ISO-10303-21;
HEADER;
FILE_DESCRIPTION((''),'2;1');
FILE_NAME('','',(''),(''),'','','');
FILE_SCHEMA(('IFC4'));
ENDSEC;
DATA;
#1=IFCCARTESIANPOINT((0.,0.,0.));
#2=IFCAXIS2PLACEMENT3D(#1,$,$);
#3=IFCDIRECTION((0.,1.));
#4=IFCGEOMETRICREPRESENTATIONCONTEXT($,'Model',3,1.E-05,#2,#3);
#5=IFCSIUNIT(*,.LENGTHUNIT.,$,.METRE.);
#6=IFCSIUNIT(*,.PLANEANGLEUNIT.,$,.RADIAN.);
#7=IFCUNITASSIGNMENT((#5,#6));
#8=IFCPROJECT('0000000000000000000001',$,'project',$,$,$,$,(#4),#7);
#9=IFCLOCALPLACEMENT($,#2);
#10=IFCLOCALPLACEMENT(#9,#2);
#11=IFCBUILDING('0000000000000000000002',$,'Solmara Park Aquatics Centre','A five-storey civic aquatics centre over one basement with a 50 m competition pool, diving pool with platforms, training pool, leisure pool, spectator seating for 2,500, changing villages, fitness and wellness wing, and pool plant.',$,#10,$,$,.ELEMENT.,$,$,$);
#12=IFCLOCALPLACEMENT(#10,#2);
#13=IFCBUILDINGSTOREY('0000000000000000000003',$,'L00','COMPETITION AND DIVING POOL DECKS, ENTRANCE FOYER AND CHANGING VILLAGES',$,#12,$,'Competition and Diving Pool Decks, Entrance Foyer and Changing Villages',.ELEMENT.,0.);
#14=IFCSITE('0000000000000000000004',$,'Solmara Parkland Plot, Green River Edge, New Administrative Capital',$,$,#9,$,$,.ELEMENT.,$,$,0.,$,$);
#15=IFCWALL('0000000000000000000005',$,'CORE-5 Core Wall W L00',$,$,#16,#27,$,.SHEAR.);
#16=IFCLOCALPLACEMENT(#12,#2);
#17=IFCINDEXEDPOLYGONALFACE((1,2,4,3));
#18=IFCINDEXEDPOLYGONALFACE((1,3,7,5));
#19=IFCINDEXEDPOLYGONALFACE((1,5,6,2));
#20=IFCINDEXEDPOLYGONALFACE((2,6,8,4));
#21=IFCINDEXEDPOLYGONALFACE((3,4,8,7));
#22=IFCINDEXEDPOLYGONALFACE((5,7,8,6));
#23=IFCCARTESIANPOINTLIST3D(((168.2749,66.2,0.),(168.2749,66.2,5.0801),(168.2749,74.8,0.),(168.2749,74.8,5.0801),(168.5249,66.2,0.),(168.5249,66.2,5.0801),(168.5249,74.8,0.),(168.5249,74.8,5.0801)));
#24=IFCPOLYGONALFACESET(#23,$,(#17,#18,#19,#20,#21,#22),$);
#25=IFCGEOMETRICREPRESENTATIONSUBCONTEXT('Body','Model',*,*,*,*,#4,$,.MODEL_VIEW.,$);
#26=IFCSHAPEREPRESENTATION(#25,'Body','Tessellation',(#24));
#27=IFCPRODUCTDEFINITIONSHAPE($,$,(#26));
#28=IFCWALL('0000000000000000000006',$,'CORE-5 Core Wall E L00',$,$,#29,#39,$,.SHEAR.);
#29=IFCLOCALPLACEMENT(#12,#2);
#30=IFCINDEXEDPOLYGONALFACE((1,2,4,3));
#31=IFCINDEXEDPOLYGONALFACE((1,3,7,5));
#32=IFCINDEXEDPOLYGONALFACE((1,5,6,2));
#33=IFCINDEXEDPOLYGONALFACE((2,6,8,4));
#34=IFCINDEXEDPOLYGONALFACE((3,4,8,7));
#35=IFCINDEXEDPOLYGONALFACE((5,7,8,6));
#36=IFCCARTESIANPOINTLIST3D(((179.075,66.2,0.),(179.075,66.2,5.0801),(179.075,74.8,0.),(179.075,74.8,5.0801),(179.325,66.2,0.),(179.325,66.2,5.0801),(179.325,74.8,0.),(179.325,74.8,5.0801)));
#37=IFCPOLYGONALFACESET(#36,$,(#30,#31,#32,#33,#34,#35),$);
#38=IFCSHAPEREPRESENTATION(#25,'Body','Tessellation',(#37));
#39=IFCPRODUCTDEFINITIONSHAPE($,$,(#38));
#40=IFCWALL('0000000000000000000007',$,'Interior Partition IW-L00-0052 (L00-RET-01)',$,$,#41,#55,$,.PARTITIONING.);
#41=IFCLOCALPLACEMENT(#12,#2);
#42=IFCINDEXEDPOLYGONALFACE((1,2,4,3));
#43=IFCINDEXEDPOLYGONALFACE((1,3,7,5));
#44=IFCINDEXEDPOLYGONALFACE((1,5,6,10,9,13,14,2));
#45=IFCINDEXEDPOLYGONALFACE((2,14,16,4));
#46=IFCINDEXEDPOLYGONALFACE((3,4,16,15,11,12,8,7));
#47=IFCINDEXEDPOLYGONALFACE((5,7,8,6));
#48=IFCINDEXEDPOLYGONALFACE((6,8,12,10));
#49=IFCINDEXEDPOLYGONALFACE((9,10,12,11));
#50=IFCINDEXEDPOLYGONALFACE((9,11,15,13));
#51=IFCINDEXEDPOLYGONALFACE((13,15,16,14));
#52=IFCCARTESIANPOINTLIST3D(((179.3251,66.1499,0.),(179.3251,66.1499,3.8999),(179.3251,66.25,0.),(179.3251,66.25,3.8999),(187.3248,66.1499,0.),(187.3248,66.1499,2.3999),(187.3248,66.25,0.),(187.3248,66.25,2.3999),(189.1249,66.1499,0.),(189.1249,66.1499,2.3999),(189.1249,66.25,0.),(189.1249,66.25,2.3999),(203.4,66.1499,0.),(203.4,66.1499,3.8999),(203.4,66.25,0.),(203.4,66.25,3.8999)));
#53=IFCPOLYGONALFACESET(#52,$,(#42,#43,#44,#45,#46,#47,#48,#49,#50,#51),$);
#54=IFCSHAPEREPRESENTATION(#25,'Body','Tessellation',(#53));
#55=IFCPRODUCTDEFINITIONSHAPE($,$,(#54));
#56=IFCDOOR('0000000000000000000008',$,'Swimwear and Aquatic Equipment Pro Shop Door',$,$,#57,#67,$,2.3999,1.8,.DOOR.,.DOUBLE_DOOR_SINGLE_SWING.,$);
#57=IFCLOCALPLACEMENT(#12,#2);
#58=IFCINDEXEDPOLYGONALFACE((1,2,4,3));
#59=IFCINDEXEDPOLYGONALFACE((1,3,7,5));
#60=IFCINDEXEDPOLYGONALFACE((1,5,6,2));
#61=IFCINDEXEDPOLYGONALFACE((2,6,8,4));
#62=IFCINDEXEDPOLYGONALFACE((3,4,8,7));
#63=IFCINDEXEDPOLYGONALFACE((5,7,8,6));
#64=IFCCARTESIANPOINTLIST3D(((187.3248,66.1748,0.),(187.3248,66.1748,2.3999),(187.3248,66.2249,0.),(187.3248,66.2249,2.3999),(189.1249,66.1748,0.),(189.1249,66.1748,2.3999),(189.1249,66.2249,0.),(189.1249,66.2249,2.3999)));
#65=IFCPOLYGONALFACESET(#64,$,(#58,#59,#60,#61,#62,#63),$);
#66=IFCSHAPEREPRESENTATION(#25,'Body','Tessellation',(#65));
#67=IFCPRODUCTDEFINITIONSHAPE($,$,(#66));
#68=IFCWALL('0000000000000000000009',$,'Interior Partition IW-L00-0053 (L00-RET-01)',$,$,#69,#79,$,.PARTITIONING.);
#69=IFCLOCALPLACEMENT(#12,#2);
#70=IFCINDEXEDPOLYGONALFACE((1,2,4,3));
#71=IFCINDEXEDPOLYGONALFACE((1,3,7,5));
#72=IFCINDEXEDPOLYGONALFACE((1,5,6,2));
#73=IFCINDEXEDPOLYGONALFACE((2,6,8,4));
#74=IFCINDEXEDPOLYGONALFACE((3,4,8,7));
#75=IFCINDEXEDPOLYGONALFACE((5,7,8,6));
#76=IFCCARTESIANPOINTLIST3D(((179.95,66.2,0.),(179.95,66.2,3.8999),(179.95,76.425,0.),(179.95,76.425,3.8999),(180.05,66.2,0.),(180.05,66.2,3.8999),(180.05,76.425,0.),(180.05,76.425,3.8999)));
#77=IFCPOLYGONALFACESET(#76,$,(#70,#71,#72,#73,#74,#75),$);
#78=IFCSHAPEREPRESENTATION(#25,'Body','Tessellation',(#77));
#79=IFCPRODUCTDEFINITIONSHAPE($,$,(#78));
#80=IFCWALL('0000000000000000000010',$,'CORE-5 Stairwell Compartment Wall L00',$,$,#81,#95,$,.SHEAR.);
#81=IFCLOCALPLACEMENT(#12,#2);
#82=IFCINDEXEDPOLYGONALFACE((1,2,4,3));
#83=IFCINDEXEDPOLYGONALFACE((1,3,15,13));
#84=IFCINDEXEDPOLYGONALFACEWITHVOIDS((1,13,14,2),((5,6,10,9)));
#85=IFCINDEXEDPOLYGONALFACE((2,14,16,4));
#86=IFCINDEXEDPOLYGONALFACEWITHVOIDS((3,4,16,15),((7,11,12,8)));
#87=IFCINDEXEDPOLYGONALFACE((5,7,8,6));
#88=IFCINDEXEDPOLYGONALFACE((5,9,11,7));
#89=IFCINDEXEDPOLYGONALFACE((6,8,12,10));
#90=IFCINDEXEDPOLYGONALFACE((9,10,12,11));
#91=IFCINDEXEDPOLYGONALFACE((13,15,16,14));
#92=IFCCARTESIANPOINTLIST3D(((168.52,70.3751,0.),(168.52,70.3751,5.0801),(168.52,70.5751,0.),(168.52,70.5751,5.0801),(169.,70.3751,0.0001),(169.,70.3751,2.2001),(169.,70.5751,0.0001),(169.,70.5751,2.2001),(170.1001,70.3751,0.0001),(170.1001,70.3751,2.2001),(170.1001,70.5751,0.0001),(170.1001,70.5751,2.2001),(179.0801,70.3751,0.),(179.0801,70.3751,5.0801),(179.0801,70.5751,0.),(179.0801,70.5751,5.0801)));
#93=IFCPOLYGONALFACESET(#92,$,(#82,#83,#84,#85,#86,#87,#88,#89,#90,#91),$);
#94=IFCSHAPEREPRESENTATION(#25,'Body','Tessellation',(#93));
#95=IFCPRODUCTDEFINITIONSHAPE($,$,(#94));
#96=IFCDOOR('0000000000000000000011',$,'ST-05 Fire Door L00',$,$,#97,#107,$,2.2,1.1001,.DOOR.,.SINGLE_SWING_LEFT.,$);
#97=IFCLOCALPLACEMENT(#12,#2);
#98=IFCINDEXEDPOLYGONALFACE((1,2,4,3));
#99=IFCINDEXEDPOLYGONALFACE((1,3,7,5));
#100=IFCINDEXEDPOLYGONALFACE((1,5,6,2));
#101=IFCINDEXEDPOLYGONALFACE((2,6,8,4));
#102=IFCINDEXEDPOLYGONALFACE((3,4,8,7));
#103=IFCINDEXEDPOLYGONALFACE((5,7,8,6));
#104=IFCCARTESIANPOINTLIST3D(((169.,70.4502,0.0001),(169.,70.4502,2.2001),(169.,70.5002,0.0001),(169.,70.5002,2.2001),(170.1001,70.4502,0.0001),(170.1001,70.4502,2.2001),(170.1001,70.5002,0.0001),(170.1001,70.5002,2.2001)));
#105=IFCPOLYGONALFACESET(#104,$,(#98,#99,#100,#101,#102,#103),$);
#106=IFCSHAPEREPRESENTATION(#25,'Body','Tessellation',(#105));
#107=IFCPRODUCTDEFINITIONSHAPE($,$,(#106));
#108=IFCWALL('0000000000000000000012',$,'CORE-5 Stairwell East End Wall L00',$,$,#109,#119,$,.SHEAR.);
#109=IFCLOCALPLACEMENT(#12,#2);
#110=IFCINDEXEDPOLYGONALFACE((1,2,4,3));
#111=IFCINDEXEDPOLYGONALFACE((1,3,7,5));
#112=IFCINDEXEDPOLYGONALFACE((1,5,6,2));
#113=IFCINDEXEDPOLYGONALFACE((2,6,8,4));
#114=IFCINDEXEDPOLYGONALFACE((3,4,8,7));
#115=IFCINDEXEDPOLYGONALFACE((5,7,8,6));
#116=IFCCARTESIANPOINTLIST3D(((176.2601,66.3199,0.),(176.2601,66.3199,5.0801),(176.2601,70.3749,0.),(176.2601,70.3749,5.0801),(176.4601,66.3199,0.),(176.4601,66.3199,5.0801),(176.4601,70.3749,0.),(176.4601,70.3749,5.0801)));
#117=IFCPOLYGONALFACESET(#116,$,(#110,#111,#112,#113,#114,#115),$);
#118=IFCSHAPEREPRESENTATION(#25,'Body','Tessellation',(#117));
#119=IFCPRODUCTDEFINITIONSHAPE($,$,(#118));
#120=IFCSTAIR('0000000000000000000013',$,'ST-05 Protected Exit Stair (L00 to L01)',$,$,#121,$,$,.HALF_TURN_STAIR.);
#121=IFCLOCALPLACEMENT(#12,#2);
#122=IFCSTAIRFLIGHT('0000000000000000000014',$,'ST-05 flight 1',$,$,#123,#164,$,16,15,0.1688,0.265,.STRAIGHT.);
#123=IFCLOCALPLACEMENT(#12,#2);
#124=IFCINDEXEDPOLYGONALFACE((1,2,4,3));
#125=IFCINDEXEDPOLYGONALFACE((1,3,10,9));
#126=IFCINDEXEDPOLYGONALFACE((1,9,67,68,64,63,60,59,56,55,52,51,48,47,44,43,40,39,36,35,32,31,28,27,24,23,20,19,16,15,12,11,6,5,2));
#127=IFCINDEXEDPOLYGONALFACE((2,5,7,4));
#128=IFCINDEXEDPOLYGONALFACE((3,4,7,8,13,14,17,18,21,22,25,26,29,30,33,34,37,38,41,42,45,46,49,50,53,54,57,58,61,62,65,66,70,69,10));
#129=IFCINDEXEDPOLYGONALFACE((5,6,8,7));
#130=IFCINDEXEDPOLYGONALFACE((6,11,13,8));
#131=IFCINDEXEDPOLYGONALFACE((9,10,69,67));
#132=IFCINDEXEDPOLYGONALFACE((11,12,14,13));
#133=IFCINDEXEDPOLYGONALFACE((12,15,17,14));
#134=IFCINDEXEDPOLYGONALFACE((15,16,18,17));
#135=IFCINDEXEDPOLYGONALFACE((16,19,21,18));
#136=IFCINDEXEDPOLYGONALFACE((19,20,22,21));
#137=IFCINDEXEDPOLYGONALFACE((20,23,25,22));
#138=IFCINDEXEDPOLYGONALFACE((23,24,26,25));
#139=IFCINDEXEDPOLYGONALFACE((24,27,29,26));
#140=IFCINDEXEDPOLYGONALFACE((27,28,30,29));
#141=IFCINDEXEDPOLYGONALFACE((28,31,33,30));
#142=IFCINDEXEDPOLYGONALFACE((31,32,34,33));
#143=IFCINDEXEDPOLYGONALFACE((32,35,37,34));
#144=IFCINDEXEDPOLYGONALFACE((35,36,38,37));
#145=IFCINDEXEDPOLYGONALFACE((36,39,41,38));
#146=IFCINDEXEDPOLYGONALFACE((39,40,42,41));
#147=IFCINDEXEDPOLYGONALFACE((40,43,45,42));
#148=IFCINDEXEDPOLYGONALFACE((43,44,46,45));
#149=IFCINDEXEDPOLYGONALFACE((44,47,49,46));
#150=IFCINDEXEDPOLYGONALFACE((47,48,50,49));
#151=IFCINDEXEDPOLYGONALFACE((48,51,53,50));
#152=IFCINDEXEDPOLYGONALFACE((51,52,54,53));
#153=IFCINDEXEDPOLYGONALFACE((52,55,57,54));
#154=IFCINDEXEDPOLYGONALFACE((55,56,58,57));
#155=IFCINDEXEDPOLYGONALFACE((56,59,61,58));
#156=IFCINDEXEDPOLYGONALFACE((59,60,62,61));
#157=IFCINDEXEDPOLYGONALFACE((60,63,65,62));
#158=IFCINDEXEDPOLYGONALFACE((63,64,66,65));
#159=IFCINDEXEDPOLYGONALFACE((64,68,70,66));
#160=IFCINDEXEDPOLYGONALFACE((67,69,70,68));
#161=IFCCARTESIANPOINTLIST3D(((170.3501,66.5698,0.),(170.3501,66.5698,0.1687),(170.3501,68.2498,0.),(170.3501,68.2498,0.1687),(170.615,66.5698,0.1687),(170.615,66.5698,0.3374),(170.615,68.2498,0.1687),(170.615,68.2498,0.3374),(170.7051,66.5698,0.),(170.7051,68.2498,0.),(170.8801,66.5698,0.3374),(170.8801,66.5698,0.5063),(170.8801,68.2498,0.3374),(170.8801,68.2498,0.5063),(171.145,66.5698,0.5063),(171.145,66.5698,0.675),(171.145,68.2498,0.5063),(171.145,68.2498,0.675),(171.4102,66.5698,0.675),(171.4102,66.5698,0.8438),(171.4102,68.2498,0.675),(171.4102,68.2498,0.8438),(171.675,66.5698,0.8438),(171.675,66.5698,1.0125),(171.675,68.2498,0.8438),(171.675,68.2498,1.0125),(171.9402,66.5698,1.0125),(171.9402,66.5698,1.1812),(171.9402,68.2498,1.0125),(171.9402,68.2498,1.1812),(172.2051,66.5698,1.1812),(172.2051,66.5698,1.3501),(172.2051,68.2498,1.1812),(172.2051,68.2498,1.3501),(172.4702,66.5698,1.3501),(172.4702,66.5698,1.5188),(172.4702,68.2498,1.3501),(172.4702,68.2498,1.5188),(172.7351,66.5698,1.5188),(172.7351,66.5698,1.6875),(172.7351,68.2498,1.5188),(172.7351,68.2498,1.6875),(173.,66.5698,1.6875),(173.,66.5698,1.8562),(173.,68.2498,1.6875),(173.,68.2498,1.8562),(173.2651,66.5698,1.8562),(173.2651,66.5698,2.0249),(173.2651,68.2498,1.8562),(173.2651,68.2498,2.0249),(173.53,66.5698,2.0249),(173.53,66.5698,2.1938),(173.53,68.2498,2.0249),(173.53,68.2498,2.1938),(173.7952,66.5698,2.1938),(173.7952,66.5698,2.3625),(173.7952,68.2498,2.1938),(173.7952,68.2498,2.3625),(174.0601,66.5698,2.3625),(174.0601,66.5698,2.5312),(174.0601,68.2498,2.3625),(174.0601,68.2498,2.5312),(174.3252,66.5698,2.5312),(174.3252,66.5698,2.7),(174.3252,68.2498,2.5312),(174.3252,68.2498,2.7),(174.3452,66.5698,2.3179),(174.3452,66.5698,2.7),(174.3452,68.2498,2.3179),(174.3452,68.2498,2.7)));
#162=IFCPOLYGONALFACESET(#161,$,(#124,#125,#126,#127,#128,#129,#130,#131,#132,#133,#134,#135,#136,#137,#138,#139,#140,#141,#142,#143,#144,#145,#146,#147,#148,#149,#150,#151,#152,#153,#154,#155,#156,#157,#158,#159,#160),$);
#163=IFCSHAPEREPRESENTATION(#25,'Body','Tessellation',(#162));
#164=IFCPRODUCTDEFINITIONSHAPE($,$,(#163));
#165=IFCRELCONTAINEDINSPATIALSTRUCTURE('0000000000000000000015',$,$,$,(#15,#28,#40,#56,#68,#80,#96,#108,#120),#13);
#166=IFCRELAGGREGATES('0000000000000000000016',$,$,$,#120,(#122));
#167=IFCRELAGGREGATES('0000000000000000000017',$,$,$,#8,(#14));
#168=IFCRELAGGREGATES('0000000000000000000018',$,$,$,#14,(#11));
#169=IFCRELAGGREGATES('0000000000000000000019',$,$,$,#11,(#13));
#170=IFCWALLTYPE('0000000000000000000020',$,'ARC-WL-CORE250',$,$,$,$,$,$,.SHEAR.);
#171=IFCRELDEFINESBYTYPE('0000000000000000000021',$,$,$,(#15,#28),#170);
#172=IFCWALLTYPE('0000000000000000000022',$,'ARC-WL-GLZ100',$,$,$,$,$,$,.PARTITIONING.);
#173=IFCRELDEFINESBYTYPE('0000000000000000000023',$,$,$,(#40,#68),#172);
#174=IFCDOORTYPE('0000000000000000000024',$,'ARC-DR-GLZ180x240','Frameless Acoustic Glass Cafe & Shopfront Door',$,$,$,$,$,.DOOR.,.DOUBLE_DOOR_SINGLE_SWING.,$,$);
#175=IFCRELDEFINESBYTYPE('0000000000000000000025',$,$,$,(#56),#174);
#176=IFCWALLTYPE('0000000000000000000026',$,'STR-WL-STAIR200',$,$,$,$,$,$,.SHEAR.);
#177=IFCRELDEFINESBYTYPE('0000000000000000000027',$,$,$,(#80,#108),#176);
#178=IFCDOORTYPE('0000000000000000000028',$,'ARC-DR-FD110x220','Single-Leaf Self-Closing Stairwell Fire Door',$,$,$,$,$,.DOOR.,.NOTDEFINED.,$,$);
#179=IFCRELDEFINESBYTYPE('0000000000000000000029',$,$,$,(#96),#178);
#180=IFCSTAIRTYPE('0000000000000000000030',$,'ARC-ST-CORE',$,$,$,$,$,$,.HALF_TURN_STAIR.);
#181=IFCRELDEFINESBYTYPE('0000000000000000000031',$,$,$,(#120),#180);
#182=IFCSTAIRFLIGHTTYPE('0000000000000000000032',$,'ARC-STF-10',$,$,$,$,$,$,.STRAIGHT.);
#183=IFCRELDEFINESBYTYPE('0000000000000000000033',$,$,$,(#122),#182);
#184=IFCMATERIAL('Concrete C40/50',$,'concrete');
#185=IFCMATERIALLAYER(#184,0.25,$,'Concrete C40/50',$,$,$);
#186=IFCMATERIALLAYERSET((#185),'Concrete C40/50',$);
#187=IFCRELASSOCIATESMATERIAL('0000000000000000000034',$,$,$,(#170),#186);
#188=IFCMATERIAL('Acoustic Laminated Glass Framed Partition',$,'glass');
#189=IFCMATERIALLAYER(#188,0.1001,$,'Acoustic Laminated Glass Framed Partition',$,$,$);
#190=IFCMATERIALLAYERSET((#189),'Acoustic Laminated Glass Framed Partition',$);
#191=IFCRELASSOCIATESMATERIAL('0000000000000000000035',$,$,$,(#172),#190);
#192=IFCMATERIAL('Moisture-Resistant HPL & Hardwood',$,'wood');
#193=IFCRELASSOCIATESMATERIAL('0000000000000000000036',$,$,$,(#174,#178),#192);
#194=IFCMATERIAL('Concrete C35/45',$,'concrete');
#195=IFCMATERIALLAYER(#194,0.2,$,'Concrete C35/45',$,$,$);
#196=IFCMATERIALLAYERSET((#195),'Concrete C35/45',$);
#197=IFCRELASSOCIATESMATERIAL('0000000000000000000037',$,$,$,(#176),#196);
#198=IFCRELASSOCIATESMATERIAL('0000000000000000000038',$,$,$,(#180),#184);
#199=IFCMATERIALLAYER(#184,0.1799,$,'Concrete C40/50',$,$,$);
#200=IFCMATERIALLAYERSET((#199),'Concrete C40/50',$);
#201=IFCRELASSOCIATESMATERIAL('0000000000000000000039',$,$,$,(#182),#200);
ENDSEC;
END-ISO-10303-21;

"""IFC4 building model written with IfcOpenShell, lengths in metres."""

from ifc_helpers import new_model, si_unit, direction, frame, frame_2d, origin, place, context, subcontext, project, spatial, polyline, rectangle, outline, extrude, material, layer, layer_set, type_object, element, fill, aggregate, save


model = new_model("IFC4")

# Units and contexts
model_context = context("Model", 3, precision=1e-05, world=origin(), true_north=direction((0.0, 1.0)))
body_context = subcontext(model_context, "Body", "Model", "MODEL_VIEW")
ifc_project = project(units=[si_unit("LENGTHUNIT", "METRE"), si_unit("PLANEANGLEUNIT", "RADIAN")], contexts=[model_context])

# Site, building, storey
site_placement = place(None, origin())
site = spatial("IfcSite", under=ifc_project, at=site_placement, Name="Solmara Parkland Plot, Green River Edge, New Administrative Capital", CompositionType="ELEMENT", RefElevation=0.0)
building_placement = place(site_placement, origin())
building = spatial("IfcBuilding", under=site, at=building_placement, Name="Solmara Park Aquatics Centre", Description="A five-storey civic aquatics centre over one basement with a 50 m competition pool, diving pool with platforms, training pool, leisure pool, spectator seating for 2,500, changing villages, fitness and wellness wing, and pool plant.", CompositionType="ELEMENT")
storey_placement = place(building_placement, origin())
storey = spatial("IfcBuildingStorey", under=building, at=storey_placement, Name="L00", Description="COMPETITION AND DIVING POOL DECKS, ENTRANCE FOYER AND CHANGING VILLAGES", LongName="Competition and Diving Pool Decks, Entrance Foyer and Changing Villages", CompositionType="ELEMENT", Elevation=0.0)

# Walls
ifc_material_1 = material(Name="Concrete C40/50", Category="concrete")
ifc_layer_1 = layer(ifc_material_1, 0.25, Name="Concrete C40/50")
ifc_layer_set_1 = layer_set([ifc_layer_1], Name="Concrete C40/50")
wall_type_1 = type_object("IfcWallType", Name="ARC-WL-CORE250", PredefinedType="SHEAR", material=ifc_layer_set_1)
for number, where, z_axis, x_axis, name in (
    (1, (168.3999, 66.2, 0.0), (0.0, 0.0, 1.0), (0.0, 1.0, 0.0), "CORE-5 Core Wall W L00"),
    (2, (179.2, 66.2, 0.0), (0.0, 0.0, 1.0), (0.0, 1.0, 0.0), "CORE-5 Core Wall E L00"),
):
    element("IfcWall", number, at=place(storey_placement, frame(where, z_axis=z_axis, x_axis=x_axis)), inside=storey, type_object=wall_type_1, Name=name, PredefinedType="SHEAR", context=body_context, shape_type="SweptSolid", body=[
        extrude(rectangle(XDim=8.6001, YDim=0.25, at=frame_2d((4.3, 0.0))), origin(), (0.0, 0.0, 1.0), 5.0801),
    ])

# Wall, opening, door
ifc_material_2 = material(Name="Acoustic Laminated Glass Framed Partition", Category="glass")
ifc_layer_2 = layer(ifc_material_2, 0.1001, Name="Acoustic Laminated Glass Framed Partition")
ifc_layer_set_2 = layer_set([ifc_layer_2], Name="Acoustic Laminated Glass Framed Partition")
wall_type_2 = type_object("IfcWallType", Name="ARC-WL-GLZ100", PredefinedType="PARTITIONING", material=ifc_layer_set_2)
wall_1_placement = place(storey_placement, frame((179.325, 66.2, 0.0), z_axis=(0.0, 0.0, 1.0), x_axis=(1.0, 0.0, 0.0)))
wall_1 = element("IfcWall", 3, at=wall_1_placement, inside=storey, type_object=wall_type_2, Name="Interior Partition IW-L00-0052 (L00-RET-01)", PredefinedType="PARTITIONING", context=body_context, shape_type="SweptSolid", body=[
    extrude(rectangle(XDim=24.075, YDim=0.1001, at=frame_2d((12.0376, 0.0))), origin(), (0.0, 0.0, 1.0), 3.8999),
])
opening_1_placement = place(wall_1_placement, frame((8.0, 0.0, 0.0)))
opening_1 = element("IfcOpeningElement", 4, at=opening_1_placement, cuts=wall_1, PredefinedType="OPENING", context=body_context, shape_type="SweptSolid", body=[
    extrude(rectangle(XDim=1.8, YDim=2.3999, at=frame_2d((0.8999, 1.2))), frame((0.0, 0.0601, 0.0), z_axis=(0.0, -1.0, 0.0), x_axis=(1.0, 0.0, 0.0)), (0.0, 0.0, 1.0), 0.1201),
])
ifc_material_3 = material(Name="Moisture-Resistant HPL & Hardwood", Category="wood")
door_type_1 = type_object("IfcDoorType", Name="ARC-DR-GLZ180x240", Description="Frameless Acoustic Glass Cafe & Shopfront Door", OperationType="DOUBLE_DOOR_SINGLE_SWING", PredefinedType="DOOR", material=ifc_material_3)
door_1_placement = place(opening_1_placement, origin())
door_1 = element("IfcDoor", 5, at=door_1_placement, inside=storey, type_object=door_type_1, Name="Swimwear and Aquatic Equipment Pro Shop Door", OperationType="DOUBLE_DOOR_SINGLE_SWING", OverallHeight=2.3999, OverallWidth=1.8, PredefinedType="DOOR", context=body_context, shape_type="SweptSolid", body=[
    extrude(rectangle(XDim=1.8, YDim=2.3999, at=frame_2d((0.8999, 1.2))), frame((0.0, 0.0249, 0.0), z_axis=(0.0, -1.0, 0.0), x_axis=(1.0, 0.0, 0.0)), (0.0, 0.0, 1.0), 0.05),
])
fill(opening_1, door_1)

# Wall
wall_2_placement = place(storey_placement, frame((180.0, 66.2, 0.0), z_axis=(0.0, 0.0, 1.0), x_axis=(0.0, 1.0, 0.0)))
element("IfcWall", 6, at=wall_2_placement, inside=storey, type_object=wall_type_2, Name="Interior Partition IW-L00-0053 (L00-RET-01)", PredefinedType="PARTITIONING", context=body_context, shape_type="SweptSolid", body=[
    extrude(rectangle(XDim=10.2251, YDim=0.1001, at=frame_2d((5.1125, 0.0))), origin(), (0.0, 0.0, 1.0), 3.8999),
])

# Wall, opening, door
ifc_material_4 = material(Name="Concrete C35/45", Category="concrete")
ifc_layer_3 = layer(ifc_material_4, 0.2, Name="Concrete C35/45")
ifc_layer_set_3 = layer_set([ifc_layer_3], Name="Concrete C35/45")
wall_type_3 = type_object("IfcWallType", Name="STR-WL-STAIR200", PredefinedType="SHEAR", material=ifc_layer_set_3)
wall_3_placement = place(storey_placement, frame((168.52, 70.4751, 0.0), z_axis=(0.0, 0.0, 1.0), x_axis=(1.0, 0.0, 0.0)))
wall_3 = element("IfcWall", 7, at=wall_3_placement, inside=storey, type_object=wall_type_3, Name="CORE-5 Stairwell Compartment Wall L00", PredefinedType="SHEAR", context=body_context, shape_type="SweptSolid", body=[
    extrude(rectangle(XDim=10.5601, YDim=0.2, at=frame_2d((5.28, 0.0))), origin(), (0.0, 0.0, 1.0), 5.0801),
])
opening_2_placement = place(wall_3_placement, frame((0.48, 0.0, 0.0)))
opening_2 = element("IfcOpeningElement", 8, at=opening_2_placement, cuts=wall_3, PredefinedType="OPENING", context=body_context, shape_type="SweptSolid", body=[
    extrude(rectangle(XDim=1.1001, YDim=2.2, at=frame_2d((0.55, 1.1001))), frame((0.0, 0.1099, 0.0), z_axis=(0.0, -1.0, 0.0), x_axis=(1.0, 0.0, 0.0)), (0.0, 0.0, 1.0), 0.22),
])
door_type_2 = type_object("IfcDoorType", Name="ARC-DR-FD110x220", Description="Single-Leaf Self-Closing Stairwell Fire Door", OperationType="NOTDEFINED", PredefinedType="DOOR", material=ifc_material_3)
door_2_placement = place(opening_2_placement, frame((1.1001, 0.0, 0.0), z_axis=(0.0, 0.0, 1.0), x_axis=(-1.0, 0.0, 0.0)))
door_2 = element("IfcDoor", 9, at=door_2_placement, inside=storey, type_object=door_type_2, Name="ST-05 Fire Door L00", OperationType="SINGLE_SWING_LEFT", OverallHeight=2.2, OverallWidth=1.1001, PredefinedType="DOOR", context=body_context, shape_type="SweptSolid", body=[
    extrude(rectangle(XDim=1.1001, YDim=2.2, at=frame_2d((0.55, 1.1001))), frame((0.0, 0.0249, 0.0), z_axis=(0.0, -1.0, 0.0), x_axis=(1.0, 0.0, 0.0)), (0.0, 0.0, 1.0), 0.05),
])
fill(opening_2, door_2)

# Wall
wall_4_placement = place(storey_placement, frame((176.3601, 66.3201, 0.0), z_axis=(0.0, 0.0, 1.0), x_axis=(0.0, 1.0, 0.0)))
element("IfcWall", 10, at=wall_4_placement, inside=storey, type_object=wall_type_3, Name="CORE-5 Stairwell East End Wall L00", PredefinedType="SHEAR", context=body_context, shape_type="SweptSolid", body=[
    extrude(rectangle(XDim=4.0549, YDim=0.2, at=frame_2d((2.0273, 0.0))), origin(), (0.0, 0.0, 1.0), 5.0801),
])

# Stair, stair flight
stair_type = type_object("IfcStairType", Name="ARC-ST-CORE", PredefinedType="HALF_TURN_STAIR", material=ifc_material_1)
stair_placement = place(storey_placement, origin())
stair = element("IfcStair", 11, at=stair_placement, inside=storey, type_object=stair_type, Name="ST-05 Protected Exit Stair (L00 to L01)", PredefinedType="HALF_TURN_STAIR")
ifc_layer_4 = layer(ifc_material_1, 0.1799, Name="Concrete C40/50")
ifc_layer_set_4 = layer_set([ifc_layer_4], Name="Concrete C40/50")
stair_flight_type = type_object("IfcStairFlightType", Name="ARC-STF-10", PredefinedType="STRAIGHT", material=ifc_layer_set_4)
stair_flight_1_placement = place(storey_placement, frame((170.3501, 67.4099, 0.0), z_axis=(0.0, 0.0, 1.0), x_axis=(1.0, 0.0, 0.0)))
stair_flight_1 = element("IfcStairFlight", 12, at=stair_flight_1_placement, type_object=stair_flight_type, Name="ST-05 flight 1", NumberOfRisers=16, NumberOfTreads=15, PredefinedType="STRAIGHT", RiserHeight=0.1688, TreadLength=0.265, context=body_context, shape_type="SweptSolid", body=[
    extrude(outline(polyline([(0.0, 0.0), (0.0, 0.1687), (0.2649, 0.1687), (0.2649, 0.3374), (0.53, 0.3374), (0.53, 0.5063), (0.7949, 0.5063), (0.7949, 0.675), (1.0601, 0.675), (1.0601, 0.8438), (1.325, 0.8438), (1.325, 1.0125), (1.5901, 1.0125), (1.5901, 1.1812), (1.855, 1.1812), (1.855, 1.3501), (2.1201, 1.3501), (2.1201, 1.5188), (2.385, 1.5188), (2.385, 1.6875), (2.6499, 1.6875), (2.6499, 1.8562), (2.915, 1.8562), (2.915, 2.0249), (3.1799, 2.0249), (3.1799, 2.1938), (3.4451, 2.1938), (3.4451, 2.3625), (3.71, 2.3625), (3.71, 2.5312), (3.9751, 2.5312), (3.9751, 2.7), (3.9951, 2.7), (3.9951, 2.3179), (0.355, 0.0), (0.0, 0.0)])), frame((0.0, 0.8398, 0.0), z_axis=(0.0, -1.0, 0.0), x_axis=(1.0, 0.0, 0.0)), (0.0, 0.0, 1.0), 1.6799),
])
aggregate(stair, [stair_flight_1])

save(model, "model.ifc")
